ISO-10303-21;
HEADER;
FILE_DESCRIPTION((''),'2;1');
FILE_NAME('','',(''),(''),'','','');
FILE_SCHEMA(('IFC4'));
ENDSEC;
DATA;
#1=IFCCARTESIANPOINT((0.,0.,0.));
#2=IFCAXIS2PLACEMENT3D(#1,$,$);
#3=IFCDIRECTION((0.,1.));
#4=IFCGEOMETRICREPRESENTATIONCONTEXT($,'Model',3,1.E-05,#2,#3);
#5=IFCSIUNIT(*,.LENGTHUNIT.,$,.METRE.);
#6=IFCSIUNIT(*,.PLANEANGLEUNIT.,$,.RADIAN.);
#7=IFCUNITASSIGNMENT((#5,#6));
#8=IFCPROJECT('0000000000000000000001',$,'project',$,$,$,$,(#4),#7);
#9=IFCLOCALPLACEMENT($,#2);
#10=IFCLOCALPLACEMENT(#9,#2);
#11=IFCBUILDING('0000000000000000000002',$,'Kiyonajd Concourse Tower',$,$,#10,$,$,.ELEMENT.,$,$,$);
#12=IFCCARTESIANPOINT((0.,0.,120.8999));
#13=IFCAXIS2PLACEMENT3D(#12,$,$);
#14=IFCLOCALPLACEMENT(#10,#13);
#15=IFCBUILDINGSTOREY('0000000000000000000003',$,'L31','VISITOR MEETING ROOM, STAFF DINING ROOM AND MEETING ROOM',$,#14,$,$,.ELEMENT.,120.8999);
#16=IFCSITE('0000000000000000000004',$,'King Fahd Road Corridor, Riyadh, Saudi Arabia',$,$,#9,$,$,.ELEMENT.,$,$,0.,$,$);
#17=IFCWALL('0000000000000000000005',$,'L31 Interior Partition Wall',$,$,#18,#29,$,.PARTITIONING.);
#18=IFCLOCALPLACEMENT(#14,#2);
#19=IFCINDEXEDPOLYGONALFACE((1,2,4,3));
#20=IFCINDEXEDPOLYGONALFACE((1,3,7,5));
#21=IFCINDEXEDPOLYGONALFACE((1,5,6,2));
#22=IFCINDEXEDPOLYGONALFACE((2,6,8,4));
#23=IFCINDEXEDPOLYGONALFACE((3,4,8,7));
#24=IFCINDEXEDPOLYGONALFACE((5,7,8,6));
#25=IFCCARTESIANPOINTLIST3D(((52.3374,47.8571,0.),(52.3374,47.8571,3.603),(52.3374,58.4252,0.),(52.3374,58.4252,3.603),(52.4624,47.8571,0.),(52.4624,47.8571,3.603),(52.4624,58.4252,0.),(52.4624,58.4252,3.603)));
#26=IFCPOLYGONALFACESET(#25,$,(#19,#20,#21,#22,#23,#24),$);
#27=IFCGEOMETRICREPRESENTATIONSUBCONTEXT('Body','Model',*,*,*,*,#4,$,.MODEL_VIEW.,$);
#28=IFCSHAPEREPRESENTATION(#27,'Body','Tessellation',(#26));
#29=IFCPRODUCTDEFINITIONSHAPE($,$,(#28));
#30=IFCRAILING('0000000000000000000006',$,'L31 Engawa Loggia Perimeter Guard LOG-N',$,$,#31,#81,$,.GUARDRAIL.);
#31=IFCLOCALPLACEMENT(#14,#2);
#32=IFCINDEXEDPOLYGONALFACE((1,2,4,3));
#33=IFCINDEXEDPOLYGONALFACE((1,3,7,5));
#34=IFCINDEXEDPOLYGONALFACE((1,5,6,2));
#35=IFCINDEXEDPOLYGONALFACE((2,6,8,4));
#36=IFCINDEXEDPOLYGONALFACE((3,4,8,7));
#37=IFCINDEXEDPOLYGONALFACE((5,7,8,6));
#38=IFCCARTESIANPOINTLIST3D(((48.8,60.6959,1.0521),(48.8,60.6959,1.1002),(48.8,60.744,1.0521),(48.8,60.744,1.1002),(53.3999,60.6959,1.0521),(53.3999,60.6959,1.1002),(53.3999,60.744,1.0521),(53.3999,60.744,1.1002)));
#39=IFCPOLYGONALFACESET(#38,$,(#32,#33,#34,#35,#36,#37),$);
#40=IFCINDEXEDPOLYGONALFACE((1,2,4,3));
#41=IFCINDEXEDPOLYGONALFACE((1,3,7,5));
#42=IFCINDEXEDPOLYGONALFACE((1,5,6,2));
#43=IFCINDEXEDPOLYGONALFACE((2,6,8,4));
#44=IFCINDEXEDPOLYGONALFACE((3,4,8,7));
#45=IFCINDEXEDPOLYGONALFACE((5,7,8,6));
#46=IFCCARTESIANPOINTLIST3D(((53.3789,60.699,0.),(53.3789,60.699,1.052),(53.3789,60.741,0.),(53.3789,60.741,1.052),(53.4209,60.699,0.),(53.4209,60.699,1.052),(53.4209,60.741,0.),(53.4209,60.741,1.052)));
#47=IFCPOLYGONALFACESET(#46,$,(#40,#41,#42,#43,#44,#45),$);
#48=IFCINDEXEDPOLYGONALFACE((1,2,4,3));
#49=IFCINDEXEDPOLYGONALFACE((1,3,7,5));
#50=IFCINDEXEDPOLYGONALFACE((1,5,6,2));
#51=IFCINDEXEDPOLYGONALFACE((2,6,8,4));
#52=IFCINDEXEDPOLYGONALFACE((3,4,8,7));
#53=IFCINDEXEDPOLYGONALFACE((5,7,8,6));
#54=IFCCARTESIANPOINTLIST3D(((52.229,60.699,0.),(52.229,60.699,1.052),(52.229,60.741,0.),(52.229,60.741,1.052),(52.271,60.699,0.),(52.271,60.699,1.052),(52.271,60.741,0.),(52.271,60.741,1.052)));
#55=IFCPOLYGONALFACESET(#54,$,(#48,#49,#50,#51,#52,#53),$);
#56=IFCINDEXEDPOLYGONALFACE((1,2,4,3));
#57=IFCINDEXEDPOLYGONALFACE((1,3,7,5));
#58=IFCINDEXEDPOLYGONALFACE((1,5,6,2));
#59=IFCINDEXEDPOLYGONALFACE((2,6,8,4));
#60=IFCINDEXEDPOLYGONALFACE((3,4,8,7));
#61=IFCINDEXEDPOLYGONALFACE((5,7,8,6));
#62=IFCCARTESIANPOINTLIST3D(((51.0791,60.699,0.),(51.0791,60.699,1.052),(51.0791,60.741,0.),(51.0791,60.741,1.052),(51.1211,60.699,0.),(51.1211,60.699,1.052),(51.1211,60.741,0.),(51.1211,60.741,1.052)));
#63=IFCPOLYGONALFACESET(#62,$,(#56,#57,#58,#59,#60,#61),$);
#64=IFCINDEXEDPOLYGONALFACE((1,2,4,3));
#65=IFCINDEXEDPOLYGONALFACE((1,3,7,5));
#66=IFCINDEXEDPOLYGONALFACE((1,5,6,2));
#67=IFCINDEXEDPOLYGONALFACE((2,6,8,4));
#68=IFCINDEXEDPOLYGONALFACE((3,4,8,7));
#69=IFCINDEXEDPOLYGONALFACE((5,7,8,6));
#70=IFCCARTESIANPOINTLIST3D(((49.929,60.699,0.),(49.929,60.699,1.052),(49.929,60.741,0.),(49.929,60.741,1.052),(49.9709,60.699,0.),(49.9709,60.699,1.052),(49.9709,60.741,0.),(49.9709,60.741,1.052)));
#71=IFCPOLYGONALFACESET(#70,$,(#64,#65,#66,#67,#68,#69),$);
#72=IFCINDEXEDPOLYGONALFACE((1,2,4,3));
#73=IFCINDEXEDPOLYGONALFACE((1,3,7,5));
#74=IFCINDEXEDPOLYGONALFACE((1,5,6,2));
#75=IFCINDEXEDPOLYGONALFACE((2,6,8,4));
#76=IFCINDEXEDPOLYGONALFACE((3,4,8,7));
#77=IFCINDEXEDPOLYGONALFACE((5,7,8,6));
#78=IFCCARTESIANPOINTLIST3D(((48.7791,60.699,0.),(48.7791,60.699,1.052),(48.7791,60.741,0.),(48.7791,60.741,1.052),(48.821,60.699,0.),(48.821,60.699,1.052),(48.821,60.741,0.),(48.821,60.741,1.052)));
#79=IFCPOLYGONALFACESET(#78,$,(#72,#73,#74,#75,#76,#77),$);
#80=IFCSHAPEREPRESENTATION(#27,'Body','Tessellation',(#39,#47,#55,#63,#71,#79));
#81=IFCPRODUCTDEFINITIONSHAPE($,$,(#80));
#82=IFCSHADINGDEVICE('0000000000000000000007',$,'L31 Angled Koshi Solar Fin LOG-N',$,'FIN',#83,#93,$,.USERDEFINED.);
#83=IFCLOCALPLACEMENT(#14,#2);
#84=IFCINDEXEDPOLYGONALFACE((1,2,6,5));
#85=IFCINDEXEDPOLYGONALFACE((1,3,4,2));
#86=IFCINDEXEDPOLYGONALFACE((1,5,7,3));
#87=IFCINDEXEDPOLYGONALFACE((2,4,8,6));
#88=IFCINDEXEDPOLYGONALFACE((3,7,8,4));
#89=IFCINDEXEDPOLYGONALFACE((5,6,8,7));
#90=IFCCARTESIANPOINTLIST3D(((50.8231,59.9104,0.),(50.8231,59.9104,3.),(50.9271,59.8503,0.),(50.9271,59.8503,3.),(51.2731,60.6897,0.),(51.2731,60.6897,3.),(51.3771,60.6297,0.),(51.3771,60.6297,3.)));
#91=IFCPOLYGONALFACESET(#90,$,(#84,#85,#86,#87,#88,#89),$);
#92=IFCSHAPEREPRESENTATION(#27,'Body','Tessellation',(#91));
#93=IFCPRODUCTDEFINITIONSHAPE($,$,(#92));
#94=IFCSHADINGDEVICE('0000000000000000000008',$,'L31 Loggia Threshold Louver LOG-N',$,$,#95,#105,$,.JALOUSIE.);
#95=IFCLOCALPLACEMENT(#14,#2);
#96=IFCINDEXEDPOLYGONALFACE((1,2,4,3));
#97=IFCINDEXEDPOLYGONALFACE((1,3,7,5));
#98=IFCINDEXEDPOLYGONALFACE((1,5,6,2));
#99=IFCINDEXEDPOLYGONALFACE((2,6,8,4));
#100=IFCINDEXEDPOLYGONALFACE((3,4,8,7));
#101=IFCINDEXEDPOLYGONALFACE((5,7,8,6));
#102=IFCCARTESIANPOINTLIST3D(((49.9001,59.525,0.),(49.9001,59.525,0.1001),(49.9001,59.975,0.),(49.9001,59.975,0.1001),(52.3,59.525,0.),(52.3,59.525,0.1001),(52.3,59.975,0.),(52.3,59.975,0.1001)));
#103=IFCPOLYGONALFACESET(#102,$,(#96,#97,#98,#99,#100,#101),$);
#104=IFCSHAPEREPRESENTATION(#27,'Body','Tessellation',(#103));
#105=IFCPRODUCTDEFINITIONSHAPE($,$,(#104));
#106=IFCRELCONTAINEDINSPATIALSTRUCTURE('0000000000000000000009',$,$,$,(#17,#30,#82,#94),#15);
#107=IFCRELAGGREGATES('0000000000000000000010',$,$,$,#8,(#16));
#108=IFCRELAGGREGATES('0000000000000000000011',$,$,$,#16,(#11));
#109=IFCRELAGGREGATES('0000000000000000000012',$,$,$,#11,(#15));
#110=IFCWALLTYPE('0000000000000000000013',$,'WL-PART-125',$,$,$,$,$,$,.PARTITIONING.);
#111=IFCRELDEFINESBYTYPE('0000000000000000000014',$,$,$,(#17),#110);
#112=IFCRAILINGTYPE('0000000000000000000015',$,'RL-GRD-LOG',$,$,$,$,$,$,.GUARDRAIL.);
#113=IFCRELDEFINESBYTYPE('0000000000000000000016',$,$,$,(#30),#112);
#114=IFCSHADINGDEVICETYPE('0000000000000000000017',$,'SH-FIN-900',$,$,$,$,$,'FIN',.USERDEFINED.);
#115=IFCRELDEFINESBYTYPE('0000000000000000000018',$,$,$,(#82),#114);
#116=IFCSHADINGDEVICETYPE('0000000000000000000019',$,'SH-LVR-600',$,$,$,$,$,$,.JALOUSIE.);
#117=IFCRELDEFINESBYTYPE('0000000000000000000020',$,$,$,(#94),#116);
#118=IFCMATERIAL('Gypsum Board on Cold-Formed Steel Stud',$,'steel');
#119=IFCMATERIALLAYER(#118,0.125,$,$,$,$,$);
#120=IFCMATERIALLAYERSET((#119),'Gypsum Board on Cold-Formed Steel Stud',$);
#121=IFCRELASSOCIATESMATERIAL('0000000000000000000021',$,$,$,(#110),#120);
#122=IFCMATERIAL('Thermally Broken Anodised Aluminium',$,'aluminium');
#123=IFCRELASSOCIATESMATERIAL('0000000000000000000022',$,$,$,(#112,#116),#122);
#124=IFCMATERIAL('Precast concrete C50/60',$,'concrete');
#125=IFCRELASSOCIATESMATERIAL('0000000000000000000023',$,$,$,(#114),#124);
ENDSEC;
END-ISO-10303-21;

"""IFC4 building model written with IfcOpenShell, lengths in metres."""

from ifc_helpers import new_model, si_unit, direction, frame, frame_2d, origin, origin_2d, place, context, subcontext, project, spatial, rectangle, extrude, material, layer, layer_set, type_object, element, save


model = new_model("IFC4")

# Units and contexts
model_context = context("Model", 3, precision=1e-05, world=origin(), true_north=direction((0.0, 1.0)))
body_context = subcontext(model_context, "Body", "Model", "MODEL_VIEW")
ifc_project = project(units=[si_unit("LENGTHUNIT", "METRE"), si_unit("PLANEANGLEUNIT", "RADIAN")], contexts=[model_context])

# Site, building, storey
site_placement = place(None, origin())
site = spatial("IfcSite", under=ifc_project, at=site_placement, Name="King Fahd Road Corridor, Riyadh, Saudi Arabia", CompositionType="ELEMENT", RefElevation=0.0)
building_placement = place(site_placement, origin())
building = spatial("IfcBuilding", under=site, at=building_placement, Name="Kiyonajd Concourse Tower", CompositionType="ELEMENT")
storey_placement = place(building_placement, frame((0.0, 0.0, 120.8999)))
storey = spatial("IfcBuildingStorey", under=building, at=storey_placement, Name="L31", Description="VISITOR MEETING ROOM, STAFF DINING ROOM AND MEETING ROOM", CompositionType="ELEMENT", Elevation=120.8999)

# Shared definitions
ifc_material_1 = material(Name="Precast concrete C50/60", Category="concrete")

# Shared definitions
ifc_material_2 = material(Name="Thermally Broken Anodised Aluminium", Category="aluminium")

# Wall
ifc_material_3 = material(Name="Gypsum Board on Cold-Formed Steel Stud", Category="steel")
ifc_layer_1 = layer(ifc_material_3, 0.125)
ifc_layer_set_1 = layer_set([ifc_layer_1], Name="Gypsum Board on Cold-Formed Steel Stud")
wall_type_1 = type_object("IfcWallType", Name="WL-PART-125", PredefinedType="PARTITIONING", material=ifc_layer_set_1)
wall_1_placement = place(storey_placement, frame((52.3999, 47.8569, 0.0), z_axis=(0.0, 0.0, 1.0), x_axis=(0.0, 1.0, 0.0)))
element("IfcWall", 1, at=wall_1_placement, inside=storey, type_object=wall_type_1, Name="L31 Interior Partition Wall", PredefinedType="PARTITIONING", context=body_context, shape_type="SweptSolid", body=[
    extrude(rectangle(XDim=10.5681, YDim=0.125, at=frame_2d((5.2842, 0.0))), origin(), (0.0, 0.0, 1.0), 3.603),
])

# Railing
railing_type = type_object("IfcRailingType", Name="RL-GRD-LOG", PredefinedType="GUARDRAIL", material=ifc_material_2)
railing_placement = place(storey_placement, frame((53.3999, 60.72, 0.0)))
element("IfcRailing", 2, at=railing_placement, inside=storey, type_object=railing_type, Name="L31 Engawa Loggia Perimeter Guard LOG-N", PredefinedType="GUARDRAIL", context=body_context, shape_type="SweptSolid", body=[
    extrude(rectangle(XDim=0.0481, YDim=0.0481, at=origin_2d()), frame((0.0, 0.0, 1.0762), z_axis=(-1.0, 0.0, 0.0), x_axis=(0.0, -1.0, 0.0)), (0.0, 0.0, 1.0), 4.5999),
    extrude(rectangle(XDim=0.042, YDim=0.042, at=origin_2d()), origin(), (0.0, 0.0, 1.0), 1.052),
    extrude(rectangle(XDim=0.042, YDim=0.042, at=origin_2d()), frame((-1.1499, 0.0, 0.0)), (0.0, 0.0, 1.0), 1.052),
    extrude(rectangle(XDim=0.042, YDim=0.042, at=origin_2d()), frame((-2.2998, 0.0, 0.0)), (0.0, 0.0, 1.0), 1.052),
    extrude(rectangle(XDim=0.042, YDim=0.042, at=origin_2d()), frame((-3.45, 0.0, 0.0)), (0.0, 0.0, 1.0), 1.052),
    extrude(rectangle(XDim=0.042, YDim=0.042, at=origin_2d()), frame((-4.5999, 0.0, 0.0)), (0.0, 0.0, 1.0), 1.052),
])

# Shading devices
shading_device_type_1 = type_object("IfcShadingDeviceType", Name="SH-FIN-900", ElementType="FIN", PredefinedType="USERDEFINED", material=ifc_material_1)
shading_device_1_placement = place(storey_placement, frame((51.1001, 60.27, 0.0), z_axis=(0.0, 0.0, 1.0), x_axis=(0.5, 0.866025, 0.0)))
element("IfcShadingDevice", 3, at=shading_device_1_placement, inside=storey, type_object=shading_device_type_1, Name="L31 Angled Koshi Solar Fin LOG-N", ObjectType="FIN", PredefinedType="USERDEFINED", context=body_context, shape_type="SweptSolid", body=[
    extrude(rectangle(XDim=0.8999, YDim=0.1201, at=origin_2d()), origin(), (0.0, 0.0, 1.0), 3.0),
])
shading_device_type_2 = type_object("IfcShadingDeviceType", Name="SH-LVR-600", PredefinedType="JALOUSIE", material=ifc_material_2)
shading_device_2_placement = place(storey_placement, frame((51.1001, 59.75, 0.0), z_axis=(0.0, 0.0, 1.0), x_axis=(1.0, 0.0, 0.0)))
element("IfcShadingDevice", 4, at=shading_device_2_placement, inside=storey, type_object=shading_device_type_2, Name="L31 Loggia Threshold Louver LOG-N", PredefinedType="JALOUSIE", context=body_context, shape_type="SweptSolid", body=[
    extrude(rectangle(XDim=2.3999, YDim=0.45, at=origin_2d()), origin(), (0.0, 0.0, 1.0), 0.1001),
])

save(model, "model.ifc")
